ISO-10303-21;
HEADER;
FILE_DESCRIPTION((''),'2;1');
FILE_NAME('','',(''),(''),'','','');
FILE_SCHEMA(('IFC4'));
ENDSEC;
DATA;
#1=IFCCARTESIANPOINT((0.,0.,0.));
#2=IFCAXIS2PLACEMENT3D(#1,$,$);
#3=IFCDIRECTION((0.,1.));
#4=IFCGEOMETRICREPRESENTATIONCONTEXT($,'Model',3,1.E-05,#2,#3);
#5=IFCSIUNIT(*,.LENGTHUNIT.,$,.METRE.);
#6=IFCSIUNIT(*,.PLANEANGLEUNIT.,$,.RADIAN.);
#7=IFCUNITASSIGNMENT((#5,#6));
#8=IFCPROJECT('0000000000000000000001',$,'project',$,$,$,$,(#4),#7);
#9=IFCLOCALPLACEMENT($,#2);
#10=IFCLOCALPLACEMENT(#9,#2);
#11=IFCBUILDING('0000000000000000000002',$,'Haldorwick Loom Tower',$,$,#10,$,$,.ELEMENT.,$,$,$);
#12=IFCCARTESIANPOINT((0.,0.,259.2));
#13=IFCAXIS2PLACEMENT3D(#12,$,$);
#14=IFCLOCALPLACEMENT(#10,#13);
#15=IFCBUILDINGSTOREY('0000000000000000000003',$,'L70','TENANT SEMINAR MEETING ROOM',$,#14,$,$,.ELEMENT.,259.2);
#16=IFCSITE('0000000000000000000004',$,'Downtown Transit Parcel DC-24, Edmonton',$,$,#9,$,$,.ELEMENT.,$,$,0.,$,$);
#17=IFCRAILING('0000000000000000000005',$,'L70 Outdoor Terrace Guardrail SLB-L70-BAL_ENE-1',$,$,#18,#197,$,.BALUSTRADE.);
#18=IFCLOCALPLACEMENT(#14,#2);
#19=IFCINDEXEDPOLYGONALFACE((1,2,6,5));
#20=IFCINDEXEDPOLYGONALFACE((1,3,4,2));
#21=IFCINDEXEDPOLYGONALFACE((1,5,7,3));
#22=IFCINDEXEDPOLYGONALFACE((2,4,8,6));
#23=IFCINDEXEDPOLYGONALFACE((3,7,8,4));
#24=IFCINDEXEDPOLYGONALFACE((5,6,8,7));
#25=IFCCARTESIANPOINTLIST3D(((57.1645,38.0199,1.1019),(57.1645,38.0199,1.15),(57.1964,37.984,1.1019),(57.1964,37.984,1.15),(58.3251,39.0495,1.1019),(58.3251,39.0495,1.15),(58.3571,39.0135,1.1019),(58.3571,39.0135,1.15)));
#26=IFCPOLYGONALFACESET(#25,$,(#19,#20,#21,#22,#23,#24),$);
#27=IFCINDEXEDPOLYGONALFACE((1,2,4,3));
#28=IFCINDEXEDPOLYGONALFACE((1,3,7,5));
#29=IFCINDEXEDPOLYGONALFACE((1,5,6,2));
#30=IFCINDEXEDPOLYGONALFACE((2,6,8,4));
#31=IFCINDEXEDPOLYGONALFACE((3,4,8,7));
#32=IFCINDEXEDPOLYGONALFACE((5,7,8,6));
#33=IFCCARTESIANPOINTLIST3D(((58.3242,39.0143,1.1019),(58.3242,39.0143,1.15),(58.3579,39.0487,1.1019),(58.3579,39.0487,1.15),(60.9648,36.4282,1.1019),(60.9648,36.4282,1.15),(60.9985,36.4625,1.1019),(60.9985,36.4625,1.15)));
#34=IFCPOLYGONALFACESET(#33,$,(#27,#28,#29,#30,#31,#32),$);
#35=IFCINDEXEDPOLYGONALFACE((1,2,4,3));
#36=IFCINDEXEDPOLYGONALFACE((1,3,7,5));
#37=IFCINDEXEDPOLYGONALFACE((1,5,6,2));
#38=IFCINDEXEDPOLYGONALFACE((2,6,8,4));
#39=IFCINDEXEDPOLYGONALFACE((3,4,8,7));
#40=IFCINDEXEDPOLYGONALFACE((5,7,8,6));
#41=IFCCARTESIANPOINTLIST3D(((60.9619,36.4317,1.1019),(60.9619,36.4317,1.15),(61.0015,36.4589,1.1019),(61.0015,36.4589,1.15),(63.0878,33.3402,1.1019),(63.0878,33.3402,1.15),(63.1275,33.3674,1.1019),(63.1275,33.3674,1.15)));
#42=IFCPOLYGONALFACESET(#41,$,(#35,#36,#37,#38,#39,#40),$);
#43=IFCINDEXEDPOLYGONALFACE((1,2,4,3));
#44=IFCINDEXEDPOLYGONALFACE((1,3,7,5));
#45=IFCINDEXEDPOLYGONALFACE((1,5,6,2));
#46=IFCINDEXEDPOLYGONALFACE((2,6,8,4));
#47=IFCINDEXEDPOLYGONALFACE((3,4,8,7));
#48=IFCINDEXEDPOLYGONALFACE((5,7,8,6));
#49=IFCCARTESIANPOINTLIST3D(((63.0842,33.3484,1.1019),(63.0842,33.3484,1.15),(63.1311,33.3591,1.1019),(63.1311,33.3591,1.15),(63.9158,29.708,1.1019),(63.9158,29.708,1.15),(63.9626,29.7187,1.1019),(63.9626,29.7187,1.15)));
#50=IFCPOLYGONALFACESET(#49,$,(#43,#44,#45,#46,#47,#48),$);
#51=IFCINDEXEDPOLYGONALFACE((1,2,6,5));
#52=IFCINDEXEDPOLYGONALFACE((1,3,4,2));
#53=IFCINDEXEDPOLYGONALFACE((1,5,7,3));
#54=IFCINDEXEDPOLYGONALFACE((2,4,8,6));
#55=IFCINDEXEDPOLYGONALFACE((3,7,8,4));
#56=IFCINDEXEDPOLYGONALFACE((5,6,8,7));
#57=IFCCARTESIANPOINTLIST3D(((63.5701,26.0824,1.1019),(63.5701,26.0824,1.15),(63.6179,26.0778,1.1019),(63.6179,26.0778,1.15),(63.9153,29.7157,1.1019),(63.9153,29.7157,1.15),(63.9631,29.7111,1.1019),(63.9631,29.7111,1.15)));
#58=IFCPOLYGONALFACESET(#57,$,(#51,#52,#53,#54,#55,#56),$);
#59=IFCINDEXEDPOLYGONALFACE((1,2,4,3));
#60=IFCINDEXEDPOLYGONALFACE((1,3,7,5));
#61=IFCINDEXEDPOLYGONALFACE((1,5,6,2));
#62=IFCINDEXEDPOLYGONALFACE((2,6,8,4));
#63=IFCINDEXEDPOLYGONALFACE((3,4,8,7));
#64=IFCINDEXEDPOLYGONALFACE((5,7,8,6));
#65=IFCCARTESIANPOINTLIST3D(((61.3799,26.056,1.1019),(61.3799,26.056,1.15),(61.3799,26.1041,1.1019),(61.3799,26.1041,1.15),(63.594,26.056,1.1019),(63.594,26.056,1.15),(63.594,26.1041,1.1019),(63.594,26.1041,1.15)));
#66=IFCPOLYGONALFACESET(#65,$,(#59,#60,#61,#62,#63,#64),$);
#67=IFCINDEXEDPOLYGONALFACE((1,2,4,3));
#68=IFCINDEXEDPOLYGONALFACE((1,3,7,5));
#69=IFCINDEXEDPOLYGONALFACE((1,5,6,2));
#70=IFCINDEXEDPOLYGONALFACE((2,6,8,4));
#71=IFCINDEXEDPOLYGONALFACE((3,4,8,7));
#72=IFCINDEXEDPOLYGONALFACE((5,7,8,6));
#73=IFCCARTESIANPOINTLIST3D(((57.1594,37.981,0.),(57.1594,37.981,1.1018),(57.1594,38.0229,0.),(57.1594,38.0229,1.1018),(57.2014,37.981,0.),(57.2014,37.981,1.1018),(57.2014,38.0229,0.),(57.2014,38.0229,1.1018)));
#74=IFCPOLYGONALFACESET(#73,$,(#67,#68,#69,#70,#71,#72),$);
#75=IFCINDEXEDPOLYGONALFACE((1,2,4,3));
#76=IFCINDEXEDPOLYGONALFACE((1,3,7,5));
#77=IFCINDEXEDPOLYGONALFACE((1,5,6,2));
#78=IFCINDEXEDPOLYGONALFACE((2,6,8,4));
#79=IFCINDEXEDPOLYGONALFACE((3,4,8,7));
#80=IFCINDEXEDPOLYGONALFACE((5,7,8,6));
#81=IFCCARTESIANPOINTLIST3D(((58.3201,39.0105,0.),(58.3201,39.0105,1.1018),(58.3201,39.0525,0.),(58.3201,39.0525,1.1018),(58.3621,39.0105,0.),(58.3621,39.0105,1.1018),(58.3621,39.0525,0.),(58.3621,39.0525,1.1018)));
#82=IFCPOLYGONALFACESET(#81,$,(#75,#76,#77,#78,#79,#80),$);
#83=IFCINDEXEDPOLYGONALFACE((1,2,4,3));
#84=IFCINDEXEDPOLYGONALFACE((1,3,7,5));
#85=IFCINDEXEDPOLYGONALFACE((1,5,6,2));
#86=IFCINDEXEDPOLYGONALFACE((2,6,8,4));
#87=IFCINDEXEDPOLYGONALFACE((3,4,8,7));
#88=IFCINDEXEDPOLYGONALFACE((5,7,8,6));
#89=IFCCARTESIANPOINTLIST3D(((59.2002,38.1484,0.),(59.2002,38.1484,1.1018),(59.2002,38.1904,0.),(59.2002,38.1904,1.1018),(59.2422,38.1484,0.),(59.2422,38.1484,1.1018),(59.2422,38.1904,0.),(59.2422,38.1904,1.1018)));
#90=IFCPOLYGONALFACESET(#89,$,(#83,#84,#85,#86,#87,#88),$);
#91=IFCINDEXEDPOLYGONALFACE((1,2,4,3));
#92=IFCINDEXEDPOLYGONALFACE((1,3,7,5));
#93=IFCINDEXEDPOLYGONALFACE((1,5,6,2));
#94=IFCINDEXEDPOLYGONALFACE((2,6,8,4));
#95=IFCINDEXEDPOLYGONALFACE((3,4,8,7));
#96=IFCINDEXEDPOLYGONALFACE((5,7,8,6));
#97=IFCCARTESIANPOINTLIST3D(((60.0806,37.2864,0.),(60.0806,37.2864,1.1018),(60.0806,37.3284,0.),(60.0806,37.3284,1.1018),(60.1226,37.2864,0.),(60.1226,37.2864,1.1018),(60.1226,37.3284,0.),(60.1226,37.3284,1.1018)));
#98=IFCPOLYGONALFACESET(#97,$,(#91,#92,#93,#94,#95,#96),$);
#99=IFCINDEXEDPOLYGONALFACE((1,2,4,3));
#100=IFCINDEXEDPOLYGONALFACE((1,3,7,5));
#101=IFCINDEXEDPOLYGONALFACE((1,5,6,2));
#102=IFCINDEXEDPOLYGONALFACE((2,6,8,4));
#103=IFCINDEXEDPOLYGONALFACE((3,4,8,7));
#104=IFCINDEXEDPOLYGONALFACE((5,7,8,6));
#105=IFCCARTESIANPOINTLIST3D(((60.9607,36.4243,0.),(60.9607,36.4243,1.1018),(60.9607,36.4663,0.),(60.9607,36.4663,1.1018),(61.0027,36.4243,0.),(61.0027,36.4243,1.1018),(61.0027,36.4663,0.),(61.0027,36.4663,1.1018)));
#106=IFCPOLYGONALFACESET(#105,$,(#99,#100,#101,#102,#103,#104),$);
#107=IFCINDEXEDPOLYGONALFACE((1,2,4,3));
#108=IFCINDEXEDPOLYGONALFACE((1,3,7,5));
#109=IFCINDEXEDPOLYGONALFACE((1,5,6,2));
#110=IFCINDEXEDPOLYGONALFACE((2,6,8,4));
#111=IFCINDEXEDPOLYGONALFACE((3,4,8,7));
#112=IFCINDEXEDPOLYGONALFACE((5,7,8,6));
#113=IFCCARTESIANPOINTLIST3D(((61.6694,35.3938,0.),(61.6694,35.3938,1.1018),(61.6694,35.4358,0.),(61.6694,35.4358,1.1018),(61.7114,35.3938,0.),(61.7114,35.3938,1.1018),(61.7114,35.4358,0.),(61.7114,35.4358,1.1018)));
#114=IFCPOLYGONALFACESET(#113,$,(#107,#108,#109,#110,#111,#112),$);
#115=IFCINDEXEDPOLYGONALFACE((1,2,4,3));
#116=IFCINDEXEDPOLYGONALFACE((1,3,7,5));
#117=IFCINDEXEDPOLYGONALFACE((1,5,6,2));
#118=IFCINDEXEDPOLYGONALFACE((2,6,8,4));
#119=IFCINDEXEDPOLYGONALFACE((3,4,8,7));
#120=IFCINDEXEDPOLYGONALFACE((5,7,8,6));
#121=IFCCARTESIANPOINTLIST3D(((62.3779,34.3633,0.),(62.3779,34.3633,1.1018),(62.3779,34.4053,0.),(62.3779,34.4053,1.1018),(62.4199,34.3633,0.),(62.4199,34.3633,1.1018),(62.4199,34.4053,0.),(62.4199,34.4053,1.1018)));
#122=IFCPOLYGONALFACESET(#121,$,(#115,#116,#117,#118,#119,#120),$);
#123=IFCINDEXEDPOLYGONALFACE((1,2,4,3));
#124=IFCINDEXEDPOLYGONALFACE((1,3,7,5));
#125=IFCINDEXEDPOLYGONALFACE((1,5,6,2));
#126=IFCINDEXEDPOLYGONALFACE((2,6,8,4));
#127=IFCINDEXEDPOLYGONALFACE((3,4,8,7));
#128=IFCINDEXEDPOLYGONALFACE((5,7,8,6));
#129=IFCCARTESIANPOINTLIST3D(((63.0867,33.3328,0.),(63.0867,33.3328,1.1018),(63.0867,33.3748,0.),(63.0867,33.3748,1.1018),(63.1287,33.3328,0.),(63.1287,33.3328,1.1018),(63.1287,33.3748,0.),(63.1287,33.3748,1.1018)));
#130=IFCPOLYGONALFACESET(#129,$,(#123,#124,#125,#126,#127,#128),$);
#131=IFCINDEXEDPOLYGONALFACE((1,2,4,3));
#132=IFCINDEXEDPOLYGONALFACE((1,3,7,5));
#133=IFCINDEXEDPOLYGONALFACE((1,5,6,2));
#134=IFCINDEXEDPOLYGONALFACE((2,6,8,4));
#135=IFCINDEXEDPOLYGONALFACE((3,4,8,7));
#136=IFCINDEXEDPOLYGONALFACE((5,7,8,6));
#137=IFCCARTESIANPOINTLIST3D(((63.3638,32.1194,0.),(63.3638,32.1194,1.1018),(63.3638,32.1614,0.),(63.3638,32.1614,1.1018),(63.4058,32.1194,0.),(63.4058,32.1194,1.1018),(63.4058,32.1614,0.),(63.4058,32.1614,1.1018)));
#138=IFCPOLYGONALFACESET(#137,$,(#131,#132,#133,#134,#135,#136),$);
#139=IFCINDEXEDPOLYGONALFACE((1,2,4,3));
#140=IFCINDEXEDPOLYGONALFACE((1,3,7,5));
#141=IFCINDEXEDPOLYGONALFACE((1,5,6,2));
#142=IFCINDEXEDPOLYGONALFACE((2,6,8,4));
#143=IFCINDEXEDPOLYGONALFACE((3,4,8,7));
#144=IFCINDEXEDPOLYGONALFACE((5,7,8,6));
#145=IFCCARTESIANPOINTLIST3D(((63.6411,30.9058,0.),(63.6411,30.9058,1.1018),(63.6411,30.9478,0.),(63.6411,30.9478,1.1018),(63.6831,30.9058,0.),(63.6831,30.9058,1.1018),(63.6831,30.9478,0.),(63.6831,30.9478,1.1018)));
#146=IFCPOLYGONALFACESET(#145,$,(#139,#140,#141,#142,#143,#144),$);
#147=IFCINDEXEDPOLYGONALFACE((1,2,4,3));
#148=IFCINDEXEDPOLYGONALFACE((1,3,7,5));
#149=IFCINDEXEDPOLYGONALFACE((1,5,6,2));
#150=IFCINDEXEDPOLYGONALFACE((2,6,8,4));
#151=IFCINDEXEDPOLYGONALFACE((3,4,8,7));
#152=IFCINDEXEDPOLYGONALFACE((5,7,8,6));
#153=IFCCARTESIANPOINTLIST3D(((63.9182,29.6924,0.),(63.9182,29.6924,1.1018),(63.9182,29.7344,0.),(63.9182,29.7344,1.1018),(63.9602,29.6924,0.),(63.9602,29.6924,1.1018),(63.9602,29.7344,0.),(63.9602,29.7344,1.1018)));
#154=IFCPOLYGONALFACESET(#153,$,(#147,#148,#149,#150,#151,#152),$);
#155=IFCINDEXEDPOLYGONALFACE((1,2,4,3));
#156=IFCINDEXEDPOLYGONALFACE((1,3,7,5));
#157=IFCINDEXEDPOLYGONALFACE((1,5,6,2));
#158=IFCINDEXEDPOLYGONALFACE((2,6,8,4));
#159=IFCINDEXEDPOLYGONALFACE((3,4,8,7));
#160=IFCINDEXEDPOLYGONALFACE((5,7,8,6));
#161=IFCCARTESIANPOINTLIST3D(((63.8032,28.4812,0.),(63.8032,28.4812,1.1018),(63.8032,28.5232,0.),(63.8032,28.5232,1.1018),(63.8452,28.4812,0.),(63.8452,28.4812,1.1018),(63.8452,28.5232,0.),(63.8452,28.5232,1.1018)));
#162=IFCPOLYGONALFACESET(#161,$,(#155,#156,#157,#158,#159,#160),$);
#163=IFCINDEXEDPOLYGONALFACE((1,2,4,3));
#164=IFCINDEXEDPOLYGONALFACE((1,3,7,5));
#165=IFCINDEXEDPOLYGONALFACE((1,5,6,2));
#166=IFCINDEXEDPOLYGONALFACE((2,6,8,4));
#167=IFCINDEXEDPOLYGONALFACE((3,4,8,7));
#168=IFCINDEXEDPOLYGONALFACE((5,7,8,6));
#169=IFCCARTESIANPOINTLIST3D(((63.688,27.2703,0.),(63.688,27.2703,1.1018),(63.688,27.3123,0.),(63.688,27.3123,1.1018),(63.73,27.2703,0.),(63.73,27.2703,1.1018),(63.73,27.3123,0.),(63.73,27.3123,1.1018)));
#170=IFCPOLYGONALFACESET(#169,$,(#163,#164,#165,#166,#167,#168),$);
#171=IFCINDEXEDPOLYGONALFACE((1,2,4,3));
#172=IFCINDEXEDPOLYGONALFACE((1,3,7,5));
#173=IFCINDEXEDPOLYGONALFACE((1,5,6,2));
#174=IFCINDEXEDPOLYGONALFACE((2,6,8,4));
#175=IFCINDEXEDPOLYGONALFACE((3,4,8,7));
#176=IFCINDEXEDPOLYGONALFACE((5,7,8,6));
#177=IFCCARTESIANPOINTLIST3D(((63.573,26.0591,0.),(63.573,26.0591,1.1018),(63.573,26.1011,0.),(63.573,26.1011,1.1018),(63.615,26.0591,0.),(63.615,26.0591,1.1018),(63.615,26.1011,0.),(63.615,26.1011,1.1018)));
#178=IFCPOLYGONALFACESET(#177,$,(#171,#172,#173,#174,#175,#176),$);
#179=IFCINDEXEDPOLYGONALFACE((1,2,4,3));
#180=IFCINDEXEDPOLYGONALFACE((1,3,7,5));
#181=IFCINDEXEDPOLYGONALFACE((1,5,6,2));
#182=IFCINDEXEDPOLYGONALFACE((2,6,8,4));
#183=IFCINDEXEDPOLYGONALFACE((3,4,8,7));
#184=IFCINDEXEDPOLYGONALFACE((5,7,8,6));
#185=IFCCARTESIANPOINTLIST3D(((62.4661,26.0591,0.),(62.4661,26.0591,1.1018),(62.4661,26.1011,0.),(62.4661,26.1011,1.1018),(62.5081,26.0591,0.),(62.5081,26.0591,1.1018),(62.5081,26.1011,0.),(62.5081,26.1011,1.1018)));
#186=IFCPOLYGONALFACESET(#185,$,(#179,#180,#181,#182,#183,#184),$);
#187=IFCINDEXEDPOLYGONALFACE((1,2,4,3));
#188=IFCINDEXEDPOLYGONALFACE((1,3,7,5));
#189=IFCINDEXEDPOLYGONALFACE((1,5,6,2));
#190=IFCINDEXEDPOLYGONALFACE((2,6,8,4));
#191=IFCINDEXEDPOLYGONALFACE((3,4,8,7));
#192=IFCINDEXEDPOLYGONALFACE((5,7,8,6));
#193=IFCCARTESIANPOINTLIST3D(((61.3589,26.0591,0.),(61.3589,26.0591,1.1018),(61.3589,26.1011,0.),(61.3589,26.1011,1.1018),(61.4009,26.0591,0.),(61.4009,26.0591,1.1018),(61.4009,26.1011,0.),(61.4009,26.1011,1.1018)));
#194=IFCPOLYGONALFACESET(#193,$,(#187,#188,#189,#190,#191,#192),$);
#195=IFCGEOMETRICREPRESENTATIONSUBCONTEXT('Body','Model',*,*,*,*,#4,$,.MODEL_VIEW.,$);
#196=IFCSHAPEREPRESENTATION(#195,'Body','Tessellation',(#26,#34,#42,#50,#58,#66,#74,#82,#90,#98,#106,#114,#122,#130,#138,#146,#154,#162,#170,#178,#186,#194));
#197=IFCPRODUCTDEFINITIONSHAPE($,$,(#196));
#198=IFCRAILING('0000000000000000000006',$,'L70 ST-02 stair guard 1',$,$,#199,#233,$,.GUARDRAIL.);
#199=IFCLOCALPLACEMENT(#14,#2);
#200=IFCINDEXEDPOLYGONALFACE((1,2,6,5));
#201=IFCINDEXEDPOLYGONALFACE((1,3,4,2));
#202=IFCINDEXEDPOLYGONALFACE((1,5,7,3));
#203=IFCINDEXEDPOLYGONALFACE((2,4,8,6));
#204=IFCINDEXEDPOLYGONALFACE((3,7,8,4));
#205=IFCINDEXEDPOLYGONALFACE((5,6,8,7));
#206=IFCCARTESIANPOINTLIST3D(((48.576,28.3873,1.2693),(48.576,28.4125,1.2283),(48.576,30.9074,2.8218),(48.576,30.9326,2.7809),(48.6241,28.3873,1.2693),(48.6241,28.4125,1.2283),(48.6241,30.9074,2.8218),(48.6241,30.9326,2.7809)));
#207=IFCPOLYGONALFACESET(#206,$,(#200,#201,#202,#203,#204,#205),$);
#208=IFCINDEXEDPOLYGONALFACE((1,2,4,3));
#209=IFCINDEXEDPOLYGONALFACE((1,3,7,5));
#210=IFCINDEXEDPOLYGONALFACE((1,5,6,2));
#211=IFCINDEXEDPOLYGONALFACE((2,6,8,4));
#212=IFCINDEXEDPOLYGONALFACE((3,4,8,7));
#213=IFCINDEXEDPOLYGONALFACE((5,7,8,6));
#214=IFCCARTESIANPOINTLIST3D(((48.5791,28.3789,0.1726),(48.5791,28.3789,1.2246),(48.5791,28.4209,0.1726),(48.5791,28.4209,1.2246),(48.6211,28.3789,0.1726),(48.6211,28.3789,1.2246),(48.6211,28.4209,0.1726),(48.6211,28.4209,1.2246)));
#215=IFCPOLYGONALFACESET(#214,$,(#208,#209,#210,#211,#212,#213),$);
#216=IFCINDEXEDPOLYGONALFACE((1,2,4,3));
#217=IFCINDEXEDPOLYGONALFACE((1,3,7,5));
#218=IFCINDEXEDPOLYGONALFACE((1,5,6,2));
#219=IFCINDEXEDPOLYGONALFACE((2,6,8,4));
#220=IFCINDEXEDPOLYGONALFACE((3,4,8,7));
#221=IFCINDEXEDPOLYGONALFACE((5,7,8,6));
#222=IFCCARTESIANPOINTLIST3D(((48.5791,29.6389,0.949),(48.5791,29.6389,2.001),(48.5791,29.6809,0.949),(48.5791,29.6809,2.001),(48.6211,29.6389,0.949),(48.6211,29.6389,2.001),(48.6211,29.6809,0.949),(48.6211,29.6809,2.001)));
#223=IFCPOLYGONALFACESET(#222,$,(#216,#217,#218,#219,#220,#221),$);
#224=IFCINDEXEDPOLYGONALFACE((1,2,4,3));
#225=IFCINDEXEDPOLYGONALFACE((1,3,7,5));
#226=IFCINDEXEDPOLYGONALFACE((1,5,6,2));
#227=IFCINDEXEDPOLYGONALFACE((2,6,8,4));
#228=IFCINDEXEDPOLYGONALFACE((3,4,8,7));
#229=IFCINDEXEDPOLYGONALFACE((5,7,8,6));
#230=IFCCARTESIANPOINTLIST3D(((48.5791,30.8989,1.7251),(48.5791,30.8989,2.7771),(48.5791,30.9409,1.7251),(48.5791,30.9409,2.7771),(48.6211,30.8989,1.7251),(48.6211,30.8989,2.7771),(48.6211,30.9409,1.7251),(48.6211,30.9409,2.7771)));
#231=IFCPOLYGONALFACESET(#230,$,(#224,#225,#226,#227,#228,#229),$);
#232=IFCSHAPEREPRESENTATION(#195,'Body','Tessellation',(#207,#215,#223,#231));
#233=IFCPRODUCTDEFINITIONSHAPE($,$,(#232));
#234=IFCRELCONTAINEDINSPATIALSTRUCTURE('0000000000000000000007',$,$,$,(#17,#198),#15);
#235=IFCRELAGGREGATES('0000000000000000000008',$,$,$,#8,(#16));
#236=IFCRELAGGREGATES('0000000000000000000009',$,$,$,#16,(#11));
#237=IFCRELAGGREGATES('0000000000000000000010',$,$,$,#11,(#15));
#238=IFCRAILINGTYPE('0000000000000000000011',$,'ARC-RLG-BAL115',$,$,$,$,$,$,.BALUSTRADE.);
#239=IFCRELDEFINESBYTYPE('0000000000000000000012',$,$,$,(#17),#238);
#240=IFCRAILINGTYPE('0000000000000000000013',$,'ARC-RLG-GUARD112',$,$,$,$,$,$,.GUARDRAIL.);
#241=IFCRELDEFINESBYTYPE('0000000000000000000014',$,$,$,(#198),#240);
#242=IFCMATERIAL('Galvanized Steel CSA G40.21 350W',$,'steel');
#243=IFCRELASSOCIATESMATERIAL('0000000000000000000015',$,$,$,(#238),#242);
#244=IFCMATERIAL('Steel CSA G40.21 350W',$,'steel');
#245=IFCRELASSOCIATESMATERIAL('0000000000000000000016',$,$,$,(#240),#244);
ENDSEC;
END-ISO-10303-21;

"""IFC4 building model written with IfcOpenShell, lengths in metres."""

from ifc_helpers import new_model, si_unit, direction, frame, origin, origin_2d, place, context, subcontext, project, spatial, rectangle, extrude, material, type_object, element, save


model = new_model("IFC4")

# Units and contexts
model_context = context("Model", 3, precision=1e-05, world=origin(), true_north=direction((0.0, 1.0)))
body_context = subcontext(model_context, "Body", "Model", "MODEL_VIEW")
ifc_project = project(units=[si_unit("LENGTHUNIT", "METRE"), si_unit("PLANEANGLEUNIT", "RADIAN")], contexts=[model_context])

# Site, building, storey
site_placement = place(None, origin())
site = spatial("IfcSite", under=ifc_project, at=site_placement, Name="Downtown Transit Parcel DC-24, Edmonton", CompositionType="ELEMENT", RefElevation=0.0)
building_placement = place(site_placement, origin())
building = spatial("IfcBuilding", under=site, at=building_placement, Name="Haldorwick Loom Tower", CompositionType="ELEMENT")
storey_placement = place(building_placement, frame((0.0, 0.0, 259.2)))
storey = spatial("IfcBuildingStorey", under=building, at=storey_placement, Name="L70", Description="TENANT SEMINAR MEETING ROOM", CompositionType="ELEMENT", Elevation=259.2)

# Shared definitions
ifc_material_1 = material(Name="Steel CSA G40.21 350W", Category="steel")

# Railings
ifc_material_2 = material(Name="Galvanized Steel CSA G40.21 350W", Category="steel")
railing_type_1 = type_object("IfcRailingType", Name="ARC-RLG-BAL115", PredefinedType="BALUSTRADE", material=ifc_material_2)
railing_1_placement = place(storey_placement, frame((57.1804, 38.002, 0.0)))
element("IfcRailing", 1, at=railing_1_placement, inside=storey, type_object=railing_type_1, Name="L70 Outdoor Terrace Guardrail SLB-L70-BAL_ENE-1", PredefinedType="BALUSTRADE", context=body_context, shape_type="SweptSolid", body=[
    extrude(rectangle(XDim=0.0481, YDim=0.0481, at=origin_2d()), frame((0.0, 0.0, 1.126), z_axis=(0.748095, 0.663592, 0.0), x_axis=(-0.663592, 0.748095, 0.0)), (0.0, 0.0, 1.0), 1.5515),
    extrude(rectangle(XDim=0.0481, YDim=0.0481, at=origin_2d()), frame((1.1606, 1.0295, 1.126), z_axis=(0.714433, -0.699703, 0.0), x_axis=(0.699703, 0.714433, 0.0)), (0.0, 0.0, 1.0), 3.696),
    extrude(rectangle(XDim=0.0481, YDim=0.0481, at=origin_2d()), frame((3.8013, -1.5566, 1.126), z_axis=(0.566625, -0.823975, 0.0), x_axis=(0.823975, 0.566625, 0.0)), (0.0, 0.0, 1.0), 3.752),
    extrude(rectangle(XDim=0.0481, YDim=0.0481, at=origin_2d()), frame((5.9272, -4.6482, 1.126), z_axis=(0.222686, -0.97489, 0.0), x_axis=(0.97489, 0.222686, 0.0)), (0.0, 0.0, 1.0), 3.7341),
    extrude(rectangle(XDim=0.0481, YDim=0.0481, at=origin_2d()), frame((6.7588, -8.2886, 1.126), z_axis=(-0.094588, -0.995516, 0.0), x_axis=(0.995516, -0.094588, 0.0)), (0.0, 0.0, 1.0), 3.6497),
    extrude(rectangle(XDim=0.0481, YDim=0.0481, at=origin_2d()), frame((6.4136, -11.9219, 1.126), z_axis=(-1.0, 0.0, 0.0), x_axis=(0.0, -1.0, 0.0)), (0.0, 0.0, 1.0), 2.2141),
    extrude(rectangle(XDim=0.042, YDim=0.042, at=origin_2d()), origin(), (0.0, 0.0, 1.0), 1.1018),
    extrude(rectangle(XDim=0.042, YDim=0.042, at=origin_2d()), frame((1.1606, 1.0295, 0.0)), (0.0, 0.0, 1.0), 1.1018),
    extrude(rectangle(XDim=0.042, YDim=0.042, at=origin_2d()), frame((2.0408, 0.1675, 0.0)), (0.0, 0.0, 1.0), 1.1018),
    extrude(rectangle(XDim=0.042, YDim=0.042, at=origin_2d()), frame((2.9211, -0.6946, 0.0)), (0.0, 0.0, 1.0), 1.1018),
    extrude(rectangle(XDim=0.042, YDim=0.042, at=origin_2d()), frame((3.8013, -1.5566, 0.0)), (0.0, 0.0, 1.0), 1.1018),
    extrude(rectangle(XDim=0.042, YDim=0.042, at=origin_2d()), frame((4.51, -2.5872, 0.0)), (0.0, 0.0, 1.0), 1.1018),
    extrude(rectangle(XDim=0.042, YDim=0.042, at=origin_2d()), frame((5.2185, -3.6177, 0.0)), (0.0, 0.0, 1.0), 1.1018),
    extrude(rectangle(XDim=0.042, YDim=0.042, at=origin_2d()), frame((5.9272, -4.6482, 0.0)), (0.0, 0.0, 1.0), 1.1018),
    extrude(rectangle(XDim=0.042, YDim=0.042, at=origin_2d()), frame((6.2043, -5.8616, 0.0)), (0.0, 0.0, 1.0), 1.1018),
    extrude(rectangle(XDim=0.042, YDim=0.042, at=origin_2d()), frame((6.4817, -7.0752, 0.0)), (0.0, 0.0, 1.0), 1.1018),
    extrude(rectangle(XDim=0.042, YDim=0.042, at=origin_2d()), frame((6.7588, -8.2886, 0.0)), (0.0, 0.0, 1.0), 1.1018),
    extrude(rectangle(XDim=0.042, YDim=0.042, at=origin_2d()), frame((6.6438, -9.4998, 0.0)), (0.0, 0.0, 1.0), 1.1018),
    extrude(rectangle(XDim=0.042, YDim=0.042, at=origin_2d()), frame((6.5286, -10.7107, 0.0)), (0.0, 0.0, 1.0), 1.1018),
    extrude(rectangle(XDim=0.042, YDim=0.042, at=origin_2d()), frame((6.4136, -11.9219, 0.0)), (0.0, 0.0, 1.0), 1.1018),
    extrude(rectangle(XDim=0.042, YDim=0.042, at=origin_2d()), frame((5.3066, -11.9219, 0.0)), (0.0, 0.0, 1.0), 1.1018),
    extrude(rectangle(XDim=0.042, YDim=0.042, at=origin_2d()), frame((4.1995, -11.9219, 0.0)), (0.0, 0.0, 1.0), 1.1018),
])
railing_type_2 = type_object("IfcRailingType", Name="ARC-RLG-GUARD112", PredefinedType="GUARDRAIL", material=ifc_material_1)
railing_2_placement = place(storey_placement, frame((48.6001, 28.3999, 0.1726)))
element("IfcRailing", 2, at=railing_2_placement, inside=storey, type_object=railing_type_2, Name="L70 ST-02 stair guard 1", PredefinedType="GUARDRAIL", context=body_context, shape_type="SweptSolid", body=[
    extrude(rectangle(XDim=0.0481, YDim=0.0481, at=origin_2d()), frame((0.0, 0.0, 1.0762), z_axis=(0.0, 0.8514, 0.524516), x_axis=(-1.0, 0.0, 0.0)), (0.0, 0.0, 1.0), 2.96),
    extrude(rectangle(XDim=0.042, YDim=0.042, at=origin_2d()), origin(), (0.0, 0.0, 1.0), 1.052),
    extrude(rectangle(XDim=0.042, YDim=0.042, at=origin_2d()), frame((0.0, 1.26, 0.7764)), (0.0, 0.0, 1.0), 1.052),
    extrude(rectangle(XDim=0.042, YDim=0.042, at=origin_2d()), frame((0.0, 2.52, 1.5525)), (0.0, 0.0, 1.0), 1.052),
])

save(model, "model.ifc")
